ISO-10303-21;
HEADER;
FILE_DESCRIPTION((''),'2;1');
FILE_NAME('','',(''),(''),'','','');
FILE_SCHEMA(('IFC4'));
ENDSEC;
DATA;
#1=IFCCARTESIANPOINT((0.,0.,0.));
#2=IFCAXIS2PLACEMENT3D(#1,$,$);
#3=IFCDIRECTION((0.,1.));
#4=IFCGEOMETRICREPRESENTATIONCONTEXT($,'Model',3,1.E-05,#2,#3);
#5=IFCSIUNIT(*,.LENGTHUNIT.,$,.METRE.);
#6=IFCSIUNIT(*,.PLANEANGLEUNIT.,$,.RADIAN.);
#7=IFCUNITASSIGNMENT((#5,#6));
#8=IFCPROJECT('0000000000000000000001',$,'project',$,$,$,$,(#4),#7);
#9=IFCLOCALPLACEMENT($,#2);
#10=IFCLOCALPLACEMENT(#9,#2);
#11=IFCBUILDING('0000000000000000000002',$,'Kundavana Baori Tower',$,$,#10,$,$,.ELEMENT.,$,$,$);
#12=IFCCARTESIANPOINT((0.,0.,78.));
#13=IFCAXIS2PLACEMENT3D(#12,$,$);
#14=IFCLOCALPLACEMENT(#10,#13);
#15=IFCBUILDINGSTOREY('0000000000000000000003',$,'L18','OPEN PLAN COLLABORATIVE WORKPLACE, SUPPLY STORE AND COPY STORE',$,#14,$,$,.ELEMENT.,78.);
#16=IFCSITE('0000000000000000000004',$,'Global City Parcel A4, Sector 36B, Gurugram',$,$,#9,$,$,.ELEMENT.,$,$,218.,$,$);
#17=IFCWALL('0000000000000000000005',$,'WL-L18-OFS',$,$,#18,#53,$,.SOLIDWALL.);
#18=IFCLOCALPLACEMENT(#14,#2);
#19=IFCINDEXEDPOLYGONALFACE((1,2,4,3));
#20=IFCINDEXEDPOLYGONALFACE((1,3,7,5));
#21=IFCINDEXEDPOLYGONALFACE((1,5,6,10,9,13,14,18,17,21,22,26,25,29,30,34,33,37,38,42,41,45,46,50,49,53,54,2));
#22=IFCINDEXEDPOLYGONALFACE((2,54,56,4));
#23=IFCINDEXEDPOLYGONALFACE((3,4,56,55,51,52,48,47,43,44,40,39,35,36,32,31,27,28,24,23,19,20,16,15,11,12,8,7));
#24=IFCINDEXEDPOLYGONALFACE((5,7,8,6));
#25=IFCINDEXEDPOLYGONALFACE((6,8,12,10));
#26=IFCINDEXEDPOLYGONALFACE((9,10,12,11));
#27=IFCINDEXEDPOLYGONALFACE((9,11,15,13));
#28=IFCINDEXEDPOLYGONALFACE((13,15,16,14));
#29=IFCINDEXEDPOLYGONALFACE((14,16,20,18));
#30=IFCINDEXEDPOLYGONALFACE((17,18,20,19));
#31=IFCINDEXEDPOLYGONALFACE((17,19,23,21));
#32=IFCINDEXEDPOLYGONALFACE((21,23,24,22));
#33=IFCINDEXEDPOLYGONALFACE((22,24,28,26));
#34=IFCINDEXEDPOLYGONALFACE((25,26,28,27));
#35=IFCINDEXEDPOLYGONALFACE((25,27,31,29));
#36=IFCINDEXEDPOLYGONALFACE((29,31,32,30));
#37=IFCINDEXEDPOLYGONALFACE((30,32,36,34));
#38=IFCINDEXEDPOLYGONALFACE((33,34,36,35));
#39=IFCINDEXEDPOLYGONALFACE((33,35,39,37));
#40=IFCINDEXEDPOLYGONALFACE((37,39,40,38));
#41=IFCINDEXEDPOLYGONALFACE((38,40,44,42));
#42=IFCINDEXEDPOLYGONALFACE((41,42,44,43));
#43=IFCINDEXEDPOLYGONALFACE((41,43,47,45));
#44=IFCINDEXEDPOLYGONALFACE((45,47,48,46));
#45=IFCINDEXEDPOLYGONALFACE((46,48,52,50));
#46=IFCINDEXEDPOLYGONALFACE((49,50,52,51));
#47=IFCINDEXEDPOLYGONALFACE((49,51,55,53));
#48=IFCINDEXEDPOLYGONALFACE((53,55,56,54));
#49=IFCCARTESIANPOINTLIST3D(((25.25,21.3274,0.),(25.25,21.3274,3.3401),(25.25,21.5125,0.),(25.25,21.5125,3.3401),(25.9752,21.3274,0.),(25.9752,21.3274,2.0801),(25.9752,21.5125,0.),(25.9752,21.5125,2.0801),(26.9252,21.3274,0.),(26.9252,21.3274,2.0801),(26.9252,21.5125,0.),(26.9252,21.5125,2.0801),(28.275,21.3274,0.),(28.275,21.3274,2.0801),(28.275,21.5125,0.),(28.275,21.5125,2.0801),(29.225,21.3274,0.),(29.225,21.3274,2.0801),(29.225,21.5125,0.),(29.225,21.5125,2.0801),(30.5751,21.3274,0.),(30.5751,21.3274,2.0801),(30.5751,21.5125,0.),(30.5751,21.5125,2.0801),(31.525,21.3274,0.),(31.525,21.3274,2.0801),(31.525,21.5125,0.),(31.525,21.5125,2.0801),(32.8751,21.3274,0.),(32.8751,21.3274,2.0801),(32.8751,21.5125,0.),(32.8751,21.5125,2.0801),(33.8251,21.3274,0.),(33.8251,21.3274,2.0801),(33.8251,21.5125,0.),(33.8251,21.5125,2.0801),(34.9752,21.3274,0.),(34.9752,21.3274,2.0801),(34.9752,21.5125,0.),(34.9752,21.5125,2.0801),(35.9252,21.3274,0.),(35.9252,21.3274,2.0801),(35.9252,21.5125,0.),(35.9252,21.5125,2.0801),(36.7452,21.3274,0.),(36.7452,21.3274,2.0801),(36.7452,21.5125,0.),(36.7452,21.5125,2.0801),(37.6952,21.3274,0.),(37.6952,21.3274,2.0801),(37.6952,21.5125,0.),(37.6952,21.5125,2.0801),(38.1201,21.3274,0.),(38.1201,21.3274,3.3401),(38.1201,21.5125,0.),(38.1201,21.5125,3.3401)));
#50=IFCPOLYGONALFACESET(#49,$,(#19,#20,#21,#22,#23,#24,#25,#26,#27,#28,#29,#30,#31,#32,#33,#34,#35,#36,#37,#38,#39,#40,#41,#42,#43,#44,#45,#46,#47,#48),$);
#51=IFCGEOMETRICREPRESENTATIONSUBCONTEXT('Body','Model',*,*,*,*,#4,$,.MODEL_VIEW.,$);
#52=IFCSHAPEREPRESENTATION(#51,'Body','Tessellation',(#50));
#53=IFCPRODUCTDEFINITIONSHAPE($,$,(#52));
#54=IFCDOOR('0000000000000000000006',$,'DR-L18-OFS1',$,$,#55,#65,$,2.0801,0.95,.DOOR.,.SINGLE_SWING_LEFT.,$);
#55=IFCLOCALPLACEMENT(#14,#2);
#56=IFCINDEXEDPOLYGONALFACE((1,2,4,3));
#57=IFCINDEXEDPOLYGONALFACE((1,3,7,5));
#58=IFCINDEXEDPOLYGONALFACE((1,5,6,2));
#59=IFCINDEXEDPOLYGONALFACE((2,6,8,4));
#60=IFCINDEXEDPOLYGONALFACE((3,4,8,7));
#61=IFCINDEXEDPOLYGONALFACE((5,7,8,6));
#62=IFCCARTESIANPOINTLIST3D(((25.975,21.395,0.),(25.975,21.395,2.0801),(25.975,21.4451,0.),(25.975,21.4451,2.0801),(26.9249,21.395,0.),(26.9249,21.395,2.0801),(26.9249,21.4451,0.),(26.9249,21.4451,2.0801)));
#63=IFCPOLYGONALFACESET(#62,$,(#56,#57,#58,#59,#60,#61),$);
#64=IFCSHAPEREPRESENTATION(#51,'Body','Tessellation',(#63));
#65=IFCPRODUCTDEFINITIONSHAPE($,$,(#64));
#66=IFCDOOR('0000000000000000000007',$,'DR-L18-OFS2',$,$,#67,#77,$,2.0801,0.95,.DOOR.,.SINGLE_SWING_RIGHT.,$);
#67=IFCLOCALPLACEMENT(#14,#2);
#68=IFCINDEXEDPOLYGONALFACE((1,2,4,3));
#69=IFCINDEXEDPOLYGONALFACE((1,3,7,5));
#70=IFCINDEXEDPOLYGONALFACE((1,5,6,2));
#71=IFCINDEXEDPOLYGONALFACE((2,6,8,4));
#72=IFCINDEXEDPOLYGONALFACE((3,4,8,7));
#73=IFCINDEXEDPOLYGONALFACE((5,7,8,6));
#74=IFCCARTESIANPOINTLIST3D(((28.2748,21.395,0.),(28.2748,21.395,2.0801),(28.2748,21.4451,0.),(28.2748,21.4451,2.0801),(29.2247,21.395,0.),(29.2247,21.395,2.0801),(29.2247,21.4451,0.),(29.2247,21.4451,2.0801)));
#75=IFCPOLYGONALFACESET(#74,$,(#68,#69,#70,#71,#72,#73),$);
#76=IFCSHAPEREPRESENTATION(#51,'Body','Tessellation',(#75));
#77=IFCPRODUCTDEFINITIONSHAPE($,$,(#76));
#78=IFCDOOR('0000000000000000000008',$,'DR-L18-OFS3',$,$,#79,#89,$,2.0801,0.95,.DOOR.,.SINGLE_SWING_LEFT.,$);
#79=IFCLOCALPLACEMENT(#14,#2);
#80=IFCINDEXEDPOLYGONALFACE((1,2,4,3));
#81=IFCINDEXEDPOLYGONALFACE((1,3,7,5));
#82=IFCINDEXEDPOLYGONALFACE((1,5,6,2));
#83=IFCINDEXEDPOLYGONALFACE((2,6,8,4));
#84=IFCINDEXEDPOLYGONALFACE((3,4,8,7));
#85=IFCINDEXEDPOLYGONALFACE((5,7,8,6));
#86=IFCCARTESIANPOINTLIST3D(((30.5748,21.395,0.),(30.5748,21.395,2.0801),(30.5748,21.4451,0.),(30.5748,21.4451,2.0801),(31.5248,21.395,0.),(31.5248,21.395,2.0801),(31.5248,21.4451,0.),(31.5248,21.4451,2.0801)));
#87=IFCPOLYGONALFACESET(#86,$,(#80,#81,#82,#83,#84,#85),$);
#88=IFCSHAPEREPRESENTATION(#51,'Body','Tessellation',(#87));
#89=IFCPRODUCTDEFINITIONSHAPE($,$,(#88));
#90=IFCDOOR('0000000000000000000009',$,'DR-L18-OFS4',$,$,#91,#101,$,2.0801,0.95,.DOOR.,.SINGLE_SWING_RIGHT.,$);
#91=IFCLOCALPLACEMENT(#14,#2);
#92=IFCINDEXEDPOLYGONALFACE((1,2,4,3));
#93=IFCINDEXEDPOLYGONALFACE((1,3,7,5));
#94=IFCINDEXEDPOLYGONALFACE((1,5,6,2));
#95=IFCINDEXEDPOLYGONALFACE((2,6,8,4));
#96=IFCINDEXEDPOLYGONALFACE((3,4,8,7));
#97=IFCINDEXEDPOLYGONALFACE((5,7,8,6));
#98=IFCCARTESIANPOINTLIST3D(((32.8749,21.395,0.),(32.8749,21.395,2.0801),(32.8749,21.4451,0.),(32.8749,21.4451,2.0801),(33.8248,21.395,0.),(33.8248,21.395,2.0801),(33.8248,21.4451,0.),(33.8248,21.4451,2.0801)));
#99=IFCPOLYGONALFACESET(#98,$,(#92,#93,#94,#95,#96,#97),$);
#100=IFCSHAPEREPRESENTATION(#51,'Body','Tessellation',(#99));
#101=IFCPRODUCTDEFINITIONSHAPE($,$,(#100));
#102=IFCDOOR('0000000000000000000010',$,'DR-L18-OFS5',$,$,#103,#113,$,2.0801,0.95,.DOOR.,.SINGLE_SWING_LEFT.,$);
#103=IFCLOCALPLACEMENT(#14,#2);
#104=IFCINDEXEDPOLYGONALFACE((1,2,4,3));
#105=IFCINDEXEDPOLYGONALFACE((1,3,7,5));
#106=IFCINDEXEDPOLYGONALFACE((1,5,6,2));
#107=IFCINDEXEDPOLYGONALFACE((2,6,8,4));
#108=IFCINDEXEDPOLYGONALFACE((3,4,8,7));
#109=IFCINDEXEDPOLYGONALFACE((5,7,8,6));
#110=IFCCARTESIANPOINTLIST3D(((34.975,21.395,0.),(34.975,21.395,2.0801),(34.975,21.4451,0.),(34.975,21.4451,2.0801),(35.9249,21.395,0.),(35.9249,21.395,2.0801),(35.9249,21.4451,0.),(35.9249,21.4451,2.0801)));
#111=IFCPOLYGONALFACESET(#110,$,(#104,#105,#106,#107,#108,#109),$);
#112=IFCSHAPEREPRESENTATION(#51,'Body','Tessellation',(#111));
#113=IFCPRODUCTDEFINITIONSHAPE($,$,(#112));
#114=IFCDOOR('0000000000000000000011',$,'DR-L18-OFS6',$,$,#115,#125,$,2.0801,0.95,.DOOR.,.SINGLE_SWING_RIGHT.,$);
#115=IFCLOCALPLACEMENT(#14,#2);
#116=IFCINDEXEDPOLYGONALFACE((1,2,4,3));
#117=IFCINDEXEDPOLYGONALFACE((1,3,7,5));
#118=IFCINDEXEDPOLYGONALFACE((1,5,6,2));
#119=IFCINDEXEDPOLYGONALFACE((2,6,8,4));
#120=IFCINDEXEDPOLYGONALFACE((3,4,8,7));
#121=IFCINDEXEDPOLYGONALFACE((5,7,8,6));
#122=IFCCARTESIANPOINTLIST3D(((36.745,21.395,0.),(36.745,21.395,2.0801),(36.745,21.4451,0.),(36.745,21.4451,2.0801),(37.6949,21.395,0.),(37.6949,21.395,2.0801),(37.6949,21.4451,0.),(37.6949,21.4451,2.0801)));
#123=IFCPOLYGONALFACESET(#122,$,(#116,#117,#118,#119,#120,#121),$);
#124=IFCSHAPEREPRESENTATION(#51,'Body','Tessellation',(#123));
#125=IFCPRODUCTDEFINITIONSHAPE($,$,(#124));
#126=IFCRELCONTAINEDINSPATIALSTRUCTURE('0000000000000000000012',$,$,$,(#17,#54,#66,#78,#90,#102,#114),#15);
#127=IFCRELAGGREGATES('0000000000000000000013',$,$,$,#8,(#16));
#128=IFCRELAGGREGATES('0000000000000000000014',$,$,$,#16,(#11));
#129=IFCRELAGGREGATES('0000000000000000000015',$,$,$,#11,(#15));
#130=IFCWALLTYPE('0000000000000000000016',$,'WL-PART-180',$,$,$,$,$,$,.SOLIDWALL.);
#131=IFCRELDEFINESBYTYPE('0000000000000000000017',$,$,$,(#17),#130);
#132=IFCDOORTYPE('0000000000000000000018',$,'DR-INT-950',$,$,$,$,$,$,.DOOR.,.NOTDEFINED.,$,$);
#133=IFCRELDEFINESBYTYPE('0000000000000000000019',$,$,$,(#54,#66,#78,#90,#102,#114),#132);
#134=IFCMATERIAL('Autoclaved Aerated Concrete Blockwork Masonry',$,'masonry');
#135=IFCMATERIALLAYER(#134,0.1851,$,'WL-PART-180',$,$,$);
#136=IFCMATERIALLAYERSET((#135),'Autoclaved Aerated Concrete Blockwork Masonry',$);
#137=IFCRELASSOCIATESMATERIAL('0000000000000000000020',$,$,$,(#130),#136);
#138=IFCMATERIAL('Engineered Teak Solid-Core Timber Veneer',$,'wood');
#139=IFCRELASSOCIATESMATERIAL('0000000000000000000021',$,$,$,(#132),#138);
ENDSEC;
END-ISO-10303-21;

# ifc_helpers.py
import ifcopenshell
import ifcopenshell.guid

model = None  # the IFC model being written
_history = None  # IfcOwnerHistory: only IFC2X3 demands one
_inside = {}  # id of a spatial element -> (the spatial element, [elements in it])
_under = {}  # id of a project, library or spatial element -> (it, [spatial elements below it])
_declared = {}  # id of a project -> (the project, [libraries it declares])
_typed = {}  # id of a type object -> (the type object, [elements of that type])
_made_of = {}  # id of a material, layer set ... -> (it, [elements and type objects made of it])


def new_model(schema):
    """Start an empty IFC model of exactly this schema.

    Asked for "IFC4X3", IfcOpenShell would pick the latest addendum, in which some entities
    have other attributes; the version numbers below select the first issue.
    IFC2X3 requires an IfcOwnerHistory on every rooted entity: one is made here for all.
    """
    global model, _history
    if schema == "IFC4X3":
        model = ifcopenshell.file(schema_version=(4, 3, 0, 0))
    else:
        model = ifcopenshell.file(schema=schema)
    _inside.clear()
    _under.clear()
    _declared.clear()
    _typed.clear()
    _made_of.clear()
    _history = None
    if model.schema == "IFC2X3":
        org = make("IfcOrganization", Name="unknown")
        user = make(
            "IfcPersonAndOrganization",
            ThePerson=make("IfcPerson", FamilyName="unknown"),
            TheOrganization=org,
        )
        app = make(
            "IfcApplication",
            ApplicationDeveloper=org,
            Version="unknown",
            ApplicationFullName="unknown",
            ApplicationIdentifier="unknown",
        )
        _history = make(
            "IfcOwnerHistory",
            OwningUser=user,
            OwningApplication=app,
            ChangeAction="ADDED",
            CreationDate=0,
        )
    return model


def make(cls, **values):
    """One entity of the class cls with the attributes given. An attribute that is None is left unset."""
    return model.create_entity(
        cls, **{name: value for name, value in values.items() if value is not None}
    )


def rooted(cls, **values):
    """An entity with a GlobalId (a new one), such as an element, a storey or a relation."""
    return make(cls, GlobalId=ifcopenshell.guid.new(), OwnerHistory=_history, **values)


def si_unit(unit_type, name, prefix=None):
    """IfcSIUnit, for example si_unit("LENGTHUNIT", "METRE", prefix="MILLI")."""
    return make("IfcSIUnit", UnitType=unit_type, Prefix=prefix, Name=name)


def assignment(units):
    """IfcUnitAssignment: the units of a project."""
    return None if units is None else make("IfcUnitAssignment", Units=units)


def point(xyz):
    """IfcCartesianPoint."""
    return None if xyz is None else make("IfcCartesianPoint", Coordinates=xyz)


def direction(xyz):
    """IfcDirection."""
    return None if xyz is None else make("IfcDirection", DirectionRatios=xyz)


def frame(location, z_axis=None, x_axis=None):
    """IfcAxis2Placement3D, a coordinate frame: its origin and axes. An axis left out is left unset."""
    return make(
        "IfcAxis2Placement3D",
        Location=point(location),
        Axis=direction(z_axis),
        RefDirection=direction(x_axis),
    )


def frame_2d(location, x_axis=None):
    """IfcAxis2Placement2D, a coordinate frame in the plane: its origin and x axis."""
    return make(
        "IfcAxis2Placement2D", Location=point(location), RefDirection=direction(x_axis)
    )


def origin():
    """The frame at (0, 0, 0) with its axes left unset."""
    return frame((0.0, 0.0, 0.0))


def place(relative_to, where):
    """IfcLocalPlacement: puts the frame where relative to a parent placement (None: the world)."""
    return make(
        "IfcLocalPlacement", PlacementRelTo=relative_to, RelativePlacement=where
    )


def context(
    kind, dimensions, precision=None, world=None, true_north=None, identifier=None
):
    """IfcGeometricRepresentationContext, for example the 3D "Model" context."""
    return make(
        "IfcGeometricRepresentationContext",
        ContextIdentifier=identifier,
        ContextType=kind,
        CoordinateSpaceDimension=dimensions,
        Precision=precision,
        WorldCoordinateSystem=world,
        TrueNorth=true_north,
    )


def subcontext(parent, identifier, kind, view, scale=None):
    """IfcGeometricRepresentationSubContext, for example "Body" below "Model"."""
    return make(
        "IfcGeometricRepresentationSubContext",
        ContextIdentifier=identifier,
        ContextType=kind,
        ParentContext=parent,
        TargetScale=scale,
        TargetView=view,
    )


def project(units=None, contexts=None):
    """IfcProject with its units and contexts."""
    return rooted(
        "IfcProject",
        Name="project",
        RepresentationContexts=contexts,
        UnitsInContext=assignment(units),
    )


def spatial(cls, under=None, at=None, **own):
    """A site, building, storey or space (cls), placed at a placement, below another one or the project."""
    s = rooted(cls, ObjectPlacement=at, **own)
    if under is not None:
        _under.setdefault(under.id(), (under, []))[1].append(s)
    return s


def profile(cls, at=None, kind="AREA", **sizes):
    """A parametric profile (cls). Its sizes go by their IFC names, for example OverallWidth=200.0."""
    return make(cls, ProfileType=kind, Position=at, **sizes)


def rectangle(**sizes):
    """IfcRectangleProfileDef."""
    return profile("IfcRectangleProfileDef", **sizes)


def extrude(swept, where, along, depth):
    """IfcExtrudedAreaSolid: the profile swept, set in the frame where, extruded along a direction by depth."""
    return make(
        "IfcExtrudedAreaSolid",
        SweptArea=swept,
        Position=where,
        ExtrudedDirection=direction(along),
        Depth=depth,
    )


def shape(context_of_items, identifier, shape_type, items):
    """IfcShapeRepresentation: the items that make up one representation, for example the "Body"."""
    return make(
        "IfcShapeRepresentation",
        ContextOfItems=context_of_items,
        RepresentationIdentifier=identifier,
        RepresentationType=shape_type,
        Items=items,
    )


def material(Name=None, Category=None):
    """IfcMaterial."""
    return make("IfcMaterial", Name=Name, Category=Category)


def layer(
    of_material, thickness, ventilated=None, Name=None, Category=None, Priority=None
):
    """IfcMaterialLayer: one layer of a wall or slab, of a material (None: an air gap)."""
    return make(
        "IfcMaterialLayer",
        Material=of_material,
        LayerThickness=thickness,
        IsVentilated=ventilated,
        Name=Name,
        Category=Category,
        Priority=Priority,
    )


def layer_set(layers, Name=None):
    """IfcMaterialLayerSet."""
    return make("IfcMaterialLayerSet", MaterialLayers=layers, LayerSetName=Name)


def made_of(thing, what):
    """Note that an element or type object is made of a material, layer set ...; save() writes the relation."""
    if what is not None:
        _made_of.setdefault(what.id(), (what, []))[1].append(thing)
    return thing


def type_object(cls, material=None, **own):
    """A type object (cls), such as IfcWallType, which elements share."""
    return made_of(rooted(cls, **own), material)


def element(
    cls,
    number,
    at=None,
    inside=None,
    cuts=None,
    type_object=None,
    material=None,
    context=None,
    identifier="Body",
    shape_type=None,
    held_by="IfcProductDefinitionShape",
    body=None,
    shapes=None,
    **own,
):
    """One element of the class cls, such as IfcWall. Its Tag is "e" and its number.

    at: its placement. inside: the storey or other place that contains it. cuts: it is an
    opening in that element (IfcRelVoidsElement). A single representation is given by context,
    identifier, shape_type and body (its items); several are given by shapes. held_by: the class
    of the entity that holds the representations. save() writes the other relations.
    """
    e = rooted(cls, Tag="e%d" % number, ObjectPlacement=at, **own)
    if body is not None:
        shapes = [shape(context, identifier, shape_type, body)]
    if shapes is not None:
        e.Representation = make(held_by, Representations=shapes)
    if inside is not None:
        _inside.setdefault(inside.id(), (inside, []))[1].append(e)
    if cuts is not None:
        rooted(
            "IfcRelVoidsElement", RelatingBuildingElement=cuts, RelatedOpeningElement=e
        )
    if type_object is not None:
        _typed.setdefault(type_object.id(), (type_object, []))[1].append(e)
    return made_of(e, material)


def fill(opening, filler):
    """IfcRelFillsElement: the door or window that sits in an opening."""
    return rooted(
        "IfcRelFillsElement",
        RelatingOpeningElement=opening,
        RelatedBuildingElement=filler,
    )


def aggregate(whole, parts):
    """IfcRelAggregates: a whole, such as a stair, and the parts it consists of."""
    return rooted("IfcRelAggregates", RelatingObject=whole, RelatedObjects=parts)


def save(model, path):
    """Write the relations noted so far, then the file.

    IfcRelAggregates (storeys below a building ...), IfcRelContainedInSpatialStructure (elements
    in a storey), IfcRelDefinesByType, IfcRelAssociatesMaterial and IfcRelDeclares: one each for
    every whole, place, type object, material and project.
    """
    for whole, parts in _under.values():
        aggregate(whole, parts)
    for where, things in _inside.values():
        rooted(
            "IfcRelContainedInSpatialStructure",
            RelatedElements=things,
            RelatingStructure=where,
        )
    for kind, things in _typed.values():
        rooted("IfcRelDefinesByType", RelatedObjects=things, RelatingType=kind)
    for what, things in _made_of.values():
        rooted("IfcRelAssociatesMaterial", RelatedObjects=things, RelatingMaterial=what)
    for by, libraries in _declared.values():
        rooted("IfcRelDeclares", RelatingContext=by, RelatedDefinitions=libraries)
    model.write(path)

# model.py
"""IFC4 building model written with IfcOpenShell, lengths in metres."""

from ifc_helpers import new_model, si_unit, direction, frame, frame_2d, origin, place, context, subcontext, project, spatial, rectangle, extrude, material, layer, layer_set, type_object, element, fill, save


model = new_model("IFC4")

# Units and contexts
model_context = context("Model", 3, precision=1e-05, world=origin(), true_north=direction((0.0, 1.0)))
body_context = subcontext(model_context, "Body", "Model", "MODEL_VIEW")
ifc_project = project(units=[si_unit("LENGTHUNIT", "METRE"), si_unit("PLANEANGLEUNIT", "RADIAN")], contexts=[model_context])

# Site, building, storey
site_placement = place(None, origin())
site = spatial("IfcSite", under=ifc_project, at=site_placement, Name="Global City Parcel A4, Sector 36B, Gurugram", CompositionType="ELEMENT", RefElevation=218.0)
building_placement = place(site_placement, origin())
building = spatial("IfcBuilding", under=site, at=building_placement, Name="Kundavana Baori Tower", CompositionType="ELEMENT")
storey_placement = place(building_placement, frame((0.0, 0.0, 78.0)))
storey = spatial("IfcBuildingStorey", under=building, at=storey_placement, Name="L18", Description="OPEN PLAN COLLABORATIVE WORKPLACE, SUPPLY STORE AND COPY STORE", CompositionType="ELEMENT", Elevation=78.0)

# Wall, openings, doors
ifc_material_1 = material(Name="Autoclaved Aerated Concrete Blockwork Masonry", Category="masonry")
ifc_layer = layer(ifc_material_1, 0.1851, Name="WL-PART-180")
ifc_layer_set = layer_set([ifc_layer], Name="Autoclaved Aerated Concrete Blockwork Masonry")
wall_type = type_object("IfcWallType", Name="WL-PART-180", PredefinedType="SOLIDWALL", material=ifc_layer_set)
wall_placement = place(storey_placement, frame((25.25, 21.4199, 0.0), z_axis=(0.0, 0.0, 1.0), x_axis=(1.0, 0.0, 0.0)))
wall = element("IfcWall", 1, at=wall_placement, inside=storey, type_object=wall_type, Name="WL-L18-OFS", PredefinedType="SOLIDWALL", context=body_context, shape_type="SweptSolid", body=[
    extrude(rectangle(XDim=12.8701, YDim=0.1851, at=frame_2d((6.4351, 0.0))), origin(), (0.0, 0.0, 1.0), 3.3401),
])
opening_1_placement = place(wall_placement, frame((0.7251, 0.0, 0.0)))
opening_1 = element("IfcOpeningElement", 2, at=opening_1_placement, cuts=wall, PredefinedType="OPENING", context=body_context, shape_type="SweptSolid", body=[
    extrude(rectangle(XDim=0.95, YDim=2.0801, at=frame_2d((0.4751, 1.04))), frame((0.0, 0.1025, 0.0), z_axis=(0.0, -1.0, 0.0), x_axis=(1.0, 0.0, 0.0)), (0.0, 0.0, 1.0), 0.2051),
])
opening_2_placement = place(wall_placement, frame((3.0249, 0.0, 0.0)))
opening_2 = element("IfcOpeningElement", 3, at=opening_2_placement, cuts=wall, PredefinedType="OPENING", context=body_context, shape_type="SweptSolid", body=[
    extrude(rectangle(XDim=0.95, YDim=2.0801, at=frame_2d((0.4751, 1.04))), frame((0.0, 0.1025, 0.0), z_axis=(0.0, -1.0, 0.0), x_axis=(1.0, 0.0, 0.0)), (0.0, 0.0, 1.0), 0.2051),
])
opening_3_placement = place(wall_placement, frame((5.325, 0.0, 0.0)))
opening_3 = element("IfcOpeningElement", 4, at=opening_3_placement, cuts=wall, PredefinedType="OPENING", context=body_context, shape_type="SweptSolid", body=[
    extrude(rectangle(XDim=0.95, YDim=2.0801, at=frame_2d((0.4751, 1.04))), frame((0.0, 0.1025, 0.0), z_axis=(0.0, -1.0, 0.0), x_axis=(1.0, 0.0, 0.0)), (0.0, 0.0, 1.0), 0.2051),
])
opening_4_placement = place(wall_placement, frame((7.625, 0.0, 0.0)))
opening_4 = element("IfcOpeningElement", 5, at=opening_4_placement, cuts=wall, PredefinedType="OPENING", context=body_context, shape_type="SweptSolid", body=[
    extrude(rectangle(XDim=0.95, YDim=2.0801, at=frame_2d((0.4751, 1.04))), frame((0.0, 0.1025, 0.0), z_axis=(0.0, -1.0, 0.0), x_axis=(1.0, 0.0, 0.0)), (0.0, 0.0, 1.0), 0.2051),
])
opening_5_placement = place(wall_placement, frame((9.7251, 0.0, 0.0)))
opening_5 = element("IfcOpeningElement", 6, at=opening_5_placement, cuts=wall, PredefinedType="OPENING", context=body_context, shape_type="SweptSolid", body=[
    extrude(rectangle(XDim=0.95, YDim=2.0801, at=frame_2d((0.4751, 1.04))), frame((0.0, 0.1025, 0.0), z_axis=(0.0, -1.0, 0.0), x_axis=(1.0, 0.0, 0.0)), (0.0, 0.0, 1.0), 0.2051),
])
opening_6_placement = place(wall_placement, frame((11.4951, 0.0, 0.0)))
opening_6 = element("IfcOpeningElement", 7, at=opening_6_placement, cuts=wall, PredefinedType="OPENING", context=body_context, shape_type="SweptSolid", body=[
    extrude(rectangle(XDim=0.95, YDim=2.0801, at=frame_2d((0.4751, 1.04))), frame((0.0, 0.1025, 0.0), z_axis=(0.0, -1.0, 0.0), x_axis=(1.0, 0.0, 0.0)), (0.0, 0.0, 1.0), 0.2051),
])
ifc_material_2 = material(Name="Engineered Teak Solid-Core Timber Veneer", Category="wood")
door_type = type_object("IfcDoorType", Name="DR-INT-950", OperationType="NOTDEFINED", PredefinedType="DOOR", material=ifc_material_2)
door_1_placement = place(opening_1_placement, frame((0.95, 0.0, 0.0), z_axis=(0.0, 0.0, 1.0), x_axis=(-1.0, 0.0, 0.0)))
door_1 = element("IfcDoor", 8, at=door_1_placement, inside=storey, type_object=door_type, Name="DR-L18-OFS1", OperationType="SINGLE_SWING_LEFT", OverallHeight=2.0801, OverallWidth=0.95, PredefinedType="DOOR", context=body_context, shape_type="SweptSolid", body=[
    extrude(rectangle(XDim=0.95, YDim=2.0801, at=frame_2d((0.4751, 1.04))), frame((0.0, 0.0249, 0.0), z_axis=(0.0, -1.0, 0.0), x_axis=(1.0, 0.0, 0.0)), (0.0, 0.0, 1.0), 0.05),
])
fill(opening_1, door_1)
door_2_placement = place(opening_2_placement, frame((0.95, 0.0, 0.0), z_axis=(0.0, 0.0, 1.0), x_axis=(-1.0, 0.0, 0.0)))
door_2 = element("IfcDoor", 9, at=door_2_placement, inside=storey, type_object=door_type, Name="DR-L18-OFS2", OperationType="SINGLE_SWING_RIGHT", OverallHeight=2.0801, OverallWidth=0.95, PredefinedType="DOOR", context=body_context, shape_type="SweptSolid", body=[
    extrude(rectangle(XDim=0.95, YDim=2.0801, at=frame_2d((0.4751, 1.04))), frame((0.0, 0.0249, 0.0), z_axis=(0.0, -1.0, 0.0), x_axis=(1.0, 0.0, 0.0)), (0.0, 0.0, 1.0), 0.05),
])
fill(opening_2, door_2)
door_3_placement = place(opening_3_placement, frame((0.95, 0.0, 0.0), z_axis=(0.0, 0.0, 1.0), x_axis=(-1.0, 0.0, 0.0)))
door_3 = element("IfcDoor", 10, at=door_3_placement, inside=storey, type_object=door_type, Name="DR-L18-OFS3", OperationType="SINGLE_SWING_LEFT", OverallHeight=2.0801, OverallWidth=0.95, PredefinedType="DOOR", context=body_context, shape_type="SweptSolid", body=[
    extrude(rectangle(XDim=0.95, YDim=2.0801, at=frame_2d((0.4751, 1.04))), frame((0.0, 0.0249, 0.0), z_axis=(0.0, -1.0, 0.0), x_axis=(1.0, 0.0, 0.0)), (0.0, 0.0, 1.0), 0.05),
])
fill(opening_3, door_3)
door_4_placement = place(opening_4_placement, frame((0.95, 0.0, 0.0), z_axis=(0.0, 0.0, 1.0), x_axis=(-1.0, 0.0, 0.0)))
door_4 = element("IfcDoor", 11, at=door_4_placement, inside=storey, type_object=door_type, Name="DR-L18-OFS4", OperationType="SINGLE_SWING_RIGHT", OverallHeight=2.0801, OverallWidth=0.95, PredefinedType="DOOR", context=body_context, shape_type="SweptSolid", body=[
    extrude(rectangle(XDim=0.95, YDim=2.0801, at=frame_2d((0.4751, 1.04))), frame((0.0, 0.0249, 0.0), z_axis=(0.0, -1.0, 0.0), x_axis=(1.0, 0.0, 0.0)), (0.0, 0.0, 1.0), 0.05),
])
fill(opening_4, door_4)
door_5_placement = place(opening_5_placement, frame((0.95, 0.0, 0.0), z_axis=(0.0, 0.0, 1.0), x_axis=(-1.0, 0.0, 0.0)))
door_5 = element("IfcDoor", 12, at=door_5_placement, inside=storey, type_object=door_type, Name="DR-L18-OFS5", OperationType="SINGLE_SWING_LEFT", OverallHeight=2.0801, OverallWidth=0.95, PredefinedType="DOOR", context=body_context, shape_type="SweptSolid", body=[
    extrude(rectangle(XDim=0.95, YDim=2.0801, at=frame_2d((0.4751, 1.04))), frame((0.0, 0.0249, 0.0), z_axis=(0.0, -1.0, 0.0), x_axis=(1.0, 0.0, 0.0)), (0.0, 0.0, 1.0), 0.05),
])
fill(opening_5, door_5)
door_6_placement = place(opening_6_placement, frame((0.95, 0.0, 0.0), z_axis=(0.0, 0.0, 1.0), x_axis=(-1.0, 0.0, 0.0)))
door_6 = element("IfcDoor", 13, at=door_6_placement, inside=storey, type_object=door_type, Name="DR-L18-OFS6", OperationType="SINGLE_SWING_RIGHT", OverallHeight=2.0801, OverallWidth=0.95, PredefinedType="DOOR", context=body_context, shape_type="SweptSolid", body=[
    extrude(rectangle(XDim=0.95, YDim=2.0801, at=frame_2d((0.4751, 1.04))), frame((0.0, 0.0249, 0.0), z_axis=(0.0, -1.0, 0.0), x_axis=(1.0, 0.0, 0.0)), (0.0, 0.0, 1.0), 0.05),
])
fill(opening_6, door_6)

save(model, "model.ifc")
